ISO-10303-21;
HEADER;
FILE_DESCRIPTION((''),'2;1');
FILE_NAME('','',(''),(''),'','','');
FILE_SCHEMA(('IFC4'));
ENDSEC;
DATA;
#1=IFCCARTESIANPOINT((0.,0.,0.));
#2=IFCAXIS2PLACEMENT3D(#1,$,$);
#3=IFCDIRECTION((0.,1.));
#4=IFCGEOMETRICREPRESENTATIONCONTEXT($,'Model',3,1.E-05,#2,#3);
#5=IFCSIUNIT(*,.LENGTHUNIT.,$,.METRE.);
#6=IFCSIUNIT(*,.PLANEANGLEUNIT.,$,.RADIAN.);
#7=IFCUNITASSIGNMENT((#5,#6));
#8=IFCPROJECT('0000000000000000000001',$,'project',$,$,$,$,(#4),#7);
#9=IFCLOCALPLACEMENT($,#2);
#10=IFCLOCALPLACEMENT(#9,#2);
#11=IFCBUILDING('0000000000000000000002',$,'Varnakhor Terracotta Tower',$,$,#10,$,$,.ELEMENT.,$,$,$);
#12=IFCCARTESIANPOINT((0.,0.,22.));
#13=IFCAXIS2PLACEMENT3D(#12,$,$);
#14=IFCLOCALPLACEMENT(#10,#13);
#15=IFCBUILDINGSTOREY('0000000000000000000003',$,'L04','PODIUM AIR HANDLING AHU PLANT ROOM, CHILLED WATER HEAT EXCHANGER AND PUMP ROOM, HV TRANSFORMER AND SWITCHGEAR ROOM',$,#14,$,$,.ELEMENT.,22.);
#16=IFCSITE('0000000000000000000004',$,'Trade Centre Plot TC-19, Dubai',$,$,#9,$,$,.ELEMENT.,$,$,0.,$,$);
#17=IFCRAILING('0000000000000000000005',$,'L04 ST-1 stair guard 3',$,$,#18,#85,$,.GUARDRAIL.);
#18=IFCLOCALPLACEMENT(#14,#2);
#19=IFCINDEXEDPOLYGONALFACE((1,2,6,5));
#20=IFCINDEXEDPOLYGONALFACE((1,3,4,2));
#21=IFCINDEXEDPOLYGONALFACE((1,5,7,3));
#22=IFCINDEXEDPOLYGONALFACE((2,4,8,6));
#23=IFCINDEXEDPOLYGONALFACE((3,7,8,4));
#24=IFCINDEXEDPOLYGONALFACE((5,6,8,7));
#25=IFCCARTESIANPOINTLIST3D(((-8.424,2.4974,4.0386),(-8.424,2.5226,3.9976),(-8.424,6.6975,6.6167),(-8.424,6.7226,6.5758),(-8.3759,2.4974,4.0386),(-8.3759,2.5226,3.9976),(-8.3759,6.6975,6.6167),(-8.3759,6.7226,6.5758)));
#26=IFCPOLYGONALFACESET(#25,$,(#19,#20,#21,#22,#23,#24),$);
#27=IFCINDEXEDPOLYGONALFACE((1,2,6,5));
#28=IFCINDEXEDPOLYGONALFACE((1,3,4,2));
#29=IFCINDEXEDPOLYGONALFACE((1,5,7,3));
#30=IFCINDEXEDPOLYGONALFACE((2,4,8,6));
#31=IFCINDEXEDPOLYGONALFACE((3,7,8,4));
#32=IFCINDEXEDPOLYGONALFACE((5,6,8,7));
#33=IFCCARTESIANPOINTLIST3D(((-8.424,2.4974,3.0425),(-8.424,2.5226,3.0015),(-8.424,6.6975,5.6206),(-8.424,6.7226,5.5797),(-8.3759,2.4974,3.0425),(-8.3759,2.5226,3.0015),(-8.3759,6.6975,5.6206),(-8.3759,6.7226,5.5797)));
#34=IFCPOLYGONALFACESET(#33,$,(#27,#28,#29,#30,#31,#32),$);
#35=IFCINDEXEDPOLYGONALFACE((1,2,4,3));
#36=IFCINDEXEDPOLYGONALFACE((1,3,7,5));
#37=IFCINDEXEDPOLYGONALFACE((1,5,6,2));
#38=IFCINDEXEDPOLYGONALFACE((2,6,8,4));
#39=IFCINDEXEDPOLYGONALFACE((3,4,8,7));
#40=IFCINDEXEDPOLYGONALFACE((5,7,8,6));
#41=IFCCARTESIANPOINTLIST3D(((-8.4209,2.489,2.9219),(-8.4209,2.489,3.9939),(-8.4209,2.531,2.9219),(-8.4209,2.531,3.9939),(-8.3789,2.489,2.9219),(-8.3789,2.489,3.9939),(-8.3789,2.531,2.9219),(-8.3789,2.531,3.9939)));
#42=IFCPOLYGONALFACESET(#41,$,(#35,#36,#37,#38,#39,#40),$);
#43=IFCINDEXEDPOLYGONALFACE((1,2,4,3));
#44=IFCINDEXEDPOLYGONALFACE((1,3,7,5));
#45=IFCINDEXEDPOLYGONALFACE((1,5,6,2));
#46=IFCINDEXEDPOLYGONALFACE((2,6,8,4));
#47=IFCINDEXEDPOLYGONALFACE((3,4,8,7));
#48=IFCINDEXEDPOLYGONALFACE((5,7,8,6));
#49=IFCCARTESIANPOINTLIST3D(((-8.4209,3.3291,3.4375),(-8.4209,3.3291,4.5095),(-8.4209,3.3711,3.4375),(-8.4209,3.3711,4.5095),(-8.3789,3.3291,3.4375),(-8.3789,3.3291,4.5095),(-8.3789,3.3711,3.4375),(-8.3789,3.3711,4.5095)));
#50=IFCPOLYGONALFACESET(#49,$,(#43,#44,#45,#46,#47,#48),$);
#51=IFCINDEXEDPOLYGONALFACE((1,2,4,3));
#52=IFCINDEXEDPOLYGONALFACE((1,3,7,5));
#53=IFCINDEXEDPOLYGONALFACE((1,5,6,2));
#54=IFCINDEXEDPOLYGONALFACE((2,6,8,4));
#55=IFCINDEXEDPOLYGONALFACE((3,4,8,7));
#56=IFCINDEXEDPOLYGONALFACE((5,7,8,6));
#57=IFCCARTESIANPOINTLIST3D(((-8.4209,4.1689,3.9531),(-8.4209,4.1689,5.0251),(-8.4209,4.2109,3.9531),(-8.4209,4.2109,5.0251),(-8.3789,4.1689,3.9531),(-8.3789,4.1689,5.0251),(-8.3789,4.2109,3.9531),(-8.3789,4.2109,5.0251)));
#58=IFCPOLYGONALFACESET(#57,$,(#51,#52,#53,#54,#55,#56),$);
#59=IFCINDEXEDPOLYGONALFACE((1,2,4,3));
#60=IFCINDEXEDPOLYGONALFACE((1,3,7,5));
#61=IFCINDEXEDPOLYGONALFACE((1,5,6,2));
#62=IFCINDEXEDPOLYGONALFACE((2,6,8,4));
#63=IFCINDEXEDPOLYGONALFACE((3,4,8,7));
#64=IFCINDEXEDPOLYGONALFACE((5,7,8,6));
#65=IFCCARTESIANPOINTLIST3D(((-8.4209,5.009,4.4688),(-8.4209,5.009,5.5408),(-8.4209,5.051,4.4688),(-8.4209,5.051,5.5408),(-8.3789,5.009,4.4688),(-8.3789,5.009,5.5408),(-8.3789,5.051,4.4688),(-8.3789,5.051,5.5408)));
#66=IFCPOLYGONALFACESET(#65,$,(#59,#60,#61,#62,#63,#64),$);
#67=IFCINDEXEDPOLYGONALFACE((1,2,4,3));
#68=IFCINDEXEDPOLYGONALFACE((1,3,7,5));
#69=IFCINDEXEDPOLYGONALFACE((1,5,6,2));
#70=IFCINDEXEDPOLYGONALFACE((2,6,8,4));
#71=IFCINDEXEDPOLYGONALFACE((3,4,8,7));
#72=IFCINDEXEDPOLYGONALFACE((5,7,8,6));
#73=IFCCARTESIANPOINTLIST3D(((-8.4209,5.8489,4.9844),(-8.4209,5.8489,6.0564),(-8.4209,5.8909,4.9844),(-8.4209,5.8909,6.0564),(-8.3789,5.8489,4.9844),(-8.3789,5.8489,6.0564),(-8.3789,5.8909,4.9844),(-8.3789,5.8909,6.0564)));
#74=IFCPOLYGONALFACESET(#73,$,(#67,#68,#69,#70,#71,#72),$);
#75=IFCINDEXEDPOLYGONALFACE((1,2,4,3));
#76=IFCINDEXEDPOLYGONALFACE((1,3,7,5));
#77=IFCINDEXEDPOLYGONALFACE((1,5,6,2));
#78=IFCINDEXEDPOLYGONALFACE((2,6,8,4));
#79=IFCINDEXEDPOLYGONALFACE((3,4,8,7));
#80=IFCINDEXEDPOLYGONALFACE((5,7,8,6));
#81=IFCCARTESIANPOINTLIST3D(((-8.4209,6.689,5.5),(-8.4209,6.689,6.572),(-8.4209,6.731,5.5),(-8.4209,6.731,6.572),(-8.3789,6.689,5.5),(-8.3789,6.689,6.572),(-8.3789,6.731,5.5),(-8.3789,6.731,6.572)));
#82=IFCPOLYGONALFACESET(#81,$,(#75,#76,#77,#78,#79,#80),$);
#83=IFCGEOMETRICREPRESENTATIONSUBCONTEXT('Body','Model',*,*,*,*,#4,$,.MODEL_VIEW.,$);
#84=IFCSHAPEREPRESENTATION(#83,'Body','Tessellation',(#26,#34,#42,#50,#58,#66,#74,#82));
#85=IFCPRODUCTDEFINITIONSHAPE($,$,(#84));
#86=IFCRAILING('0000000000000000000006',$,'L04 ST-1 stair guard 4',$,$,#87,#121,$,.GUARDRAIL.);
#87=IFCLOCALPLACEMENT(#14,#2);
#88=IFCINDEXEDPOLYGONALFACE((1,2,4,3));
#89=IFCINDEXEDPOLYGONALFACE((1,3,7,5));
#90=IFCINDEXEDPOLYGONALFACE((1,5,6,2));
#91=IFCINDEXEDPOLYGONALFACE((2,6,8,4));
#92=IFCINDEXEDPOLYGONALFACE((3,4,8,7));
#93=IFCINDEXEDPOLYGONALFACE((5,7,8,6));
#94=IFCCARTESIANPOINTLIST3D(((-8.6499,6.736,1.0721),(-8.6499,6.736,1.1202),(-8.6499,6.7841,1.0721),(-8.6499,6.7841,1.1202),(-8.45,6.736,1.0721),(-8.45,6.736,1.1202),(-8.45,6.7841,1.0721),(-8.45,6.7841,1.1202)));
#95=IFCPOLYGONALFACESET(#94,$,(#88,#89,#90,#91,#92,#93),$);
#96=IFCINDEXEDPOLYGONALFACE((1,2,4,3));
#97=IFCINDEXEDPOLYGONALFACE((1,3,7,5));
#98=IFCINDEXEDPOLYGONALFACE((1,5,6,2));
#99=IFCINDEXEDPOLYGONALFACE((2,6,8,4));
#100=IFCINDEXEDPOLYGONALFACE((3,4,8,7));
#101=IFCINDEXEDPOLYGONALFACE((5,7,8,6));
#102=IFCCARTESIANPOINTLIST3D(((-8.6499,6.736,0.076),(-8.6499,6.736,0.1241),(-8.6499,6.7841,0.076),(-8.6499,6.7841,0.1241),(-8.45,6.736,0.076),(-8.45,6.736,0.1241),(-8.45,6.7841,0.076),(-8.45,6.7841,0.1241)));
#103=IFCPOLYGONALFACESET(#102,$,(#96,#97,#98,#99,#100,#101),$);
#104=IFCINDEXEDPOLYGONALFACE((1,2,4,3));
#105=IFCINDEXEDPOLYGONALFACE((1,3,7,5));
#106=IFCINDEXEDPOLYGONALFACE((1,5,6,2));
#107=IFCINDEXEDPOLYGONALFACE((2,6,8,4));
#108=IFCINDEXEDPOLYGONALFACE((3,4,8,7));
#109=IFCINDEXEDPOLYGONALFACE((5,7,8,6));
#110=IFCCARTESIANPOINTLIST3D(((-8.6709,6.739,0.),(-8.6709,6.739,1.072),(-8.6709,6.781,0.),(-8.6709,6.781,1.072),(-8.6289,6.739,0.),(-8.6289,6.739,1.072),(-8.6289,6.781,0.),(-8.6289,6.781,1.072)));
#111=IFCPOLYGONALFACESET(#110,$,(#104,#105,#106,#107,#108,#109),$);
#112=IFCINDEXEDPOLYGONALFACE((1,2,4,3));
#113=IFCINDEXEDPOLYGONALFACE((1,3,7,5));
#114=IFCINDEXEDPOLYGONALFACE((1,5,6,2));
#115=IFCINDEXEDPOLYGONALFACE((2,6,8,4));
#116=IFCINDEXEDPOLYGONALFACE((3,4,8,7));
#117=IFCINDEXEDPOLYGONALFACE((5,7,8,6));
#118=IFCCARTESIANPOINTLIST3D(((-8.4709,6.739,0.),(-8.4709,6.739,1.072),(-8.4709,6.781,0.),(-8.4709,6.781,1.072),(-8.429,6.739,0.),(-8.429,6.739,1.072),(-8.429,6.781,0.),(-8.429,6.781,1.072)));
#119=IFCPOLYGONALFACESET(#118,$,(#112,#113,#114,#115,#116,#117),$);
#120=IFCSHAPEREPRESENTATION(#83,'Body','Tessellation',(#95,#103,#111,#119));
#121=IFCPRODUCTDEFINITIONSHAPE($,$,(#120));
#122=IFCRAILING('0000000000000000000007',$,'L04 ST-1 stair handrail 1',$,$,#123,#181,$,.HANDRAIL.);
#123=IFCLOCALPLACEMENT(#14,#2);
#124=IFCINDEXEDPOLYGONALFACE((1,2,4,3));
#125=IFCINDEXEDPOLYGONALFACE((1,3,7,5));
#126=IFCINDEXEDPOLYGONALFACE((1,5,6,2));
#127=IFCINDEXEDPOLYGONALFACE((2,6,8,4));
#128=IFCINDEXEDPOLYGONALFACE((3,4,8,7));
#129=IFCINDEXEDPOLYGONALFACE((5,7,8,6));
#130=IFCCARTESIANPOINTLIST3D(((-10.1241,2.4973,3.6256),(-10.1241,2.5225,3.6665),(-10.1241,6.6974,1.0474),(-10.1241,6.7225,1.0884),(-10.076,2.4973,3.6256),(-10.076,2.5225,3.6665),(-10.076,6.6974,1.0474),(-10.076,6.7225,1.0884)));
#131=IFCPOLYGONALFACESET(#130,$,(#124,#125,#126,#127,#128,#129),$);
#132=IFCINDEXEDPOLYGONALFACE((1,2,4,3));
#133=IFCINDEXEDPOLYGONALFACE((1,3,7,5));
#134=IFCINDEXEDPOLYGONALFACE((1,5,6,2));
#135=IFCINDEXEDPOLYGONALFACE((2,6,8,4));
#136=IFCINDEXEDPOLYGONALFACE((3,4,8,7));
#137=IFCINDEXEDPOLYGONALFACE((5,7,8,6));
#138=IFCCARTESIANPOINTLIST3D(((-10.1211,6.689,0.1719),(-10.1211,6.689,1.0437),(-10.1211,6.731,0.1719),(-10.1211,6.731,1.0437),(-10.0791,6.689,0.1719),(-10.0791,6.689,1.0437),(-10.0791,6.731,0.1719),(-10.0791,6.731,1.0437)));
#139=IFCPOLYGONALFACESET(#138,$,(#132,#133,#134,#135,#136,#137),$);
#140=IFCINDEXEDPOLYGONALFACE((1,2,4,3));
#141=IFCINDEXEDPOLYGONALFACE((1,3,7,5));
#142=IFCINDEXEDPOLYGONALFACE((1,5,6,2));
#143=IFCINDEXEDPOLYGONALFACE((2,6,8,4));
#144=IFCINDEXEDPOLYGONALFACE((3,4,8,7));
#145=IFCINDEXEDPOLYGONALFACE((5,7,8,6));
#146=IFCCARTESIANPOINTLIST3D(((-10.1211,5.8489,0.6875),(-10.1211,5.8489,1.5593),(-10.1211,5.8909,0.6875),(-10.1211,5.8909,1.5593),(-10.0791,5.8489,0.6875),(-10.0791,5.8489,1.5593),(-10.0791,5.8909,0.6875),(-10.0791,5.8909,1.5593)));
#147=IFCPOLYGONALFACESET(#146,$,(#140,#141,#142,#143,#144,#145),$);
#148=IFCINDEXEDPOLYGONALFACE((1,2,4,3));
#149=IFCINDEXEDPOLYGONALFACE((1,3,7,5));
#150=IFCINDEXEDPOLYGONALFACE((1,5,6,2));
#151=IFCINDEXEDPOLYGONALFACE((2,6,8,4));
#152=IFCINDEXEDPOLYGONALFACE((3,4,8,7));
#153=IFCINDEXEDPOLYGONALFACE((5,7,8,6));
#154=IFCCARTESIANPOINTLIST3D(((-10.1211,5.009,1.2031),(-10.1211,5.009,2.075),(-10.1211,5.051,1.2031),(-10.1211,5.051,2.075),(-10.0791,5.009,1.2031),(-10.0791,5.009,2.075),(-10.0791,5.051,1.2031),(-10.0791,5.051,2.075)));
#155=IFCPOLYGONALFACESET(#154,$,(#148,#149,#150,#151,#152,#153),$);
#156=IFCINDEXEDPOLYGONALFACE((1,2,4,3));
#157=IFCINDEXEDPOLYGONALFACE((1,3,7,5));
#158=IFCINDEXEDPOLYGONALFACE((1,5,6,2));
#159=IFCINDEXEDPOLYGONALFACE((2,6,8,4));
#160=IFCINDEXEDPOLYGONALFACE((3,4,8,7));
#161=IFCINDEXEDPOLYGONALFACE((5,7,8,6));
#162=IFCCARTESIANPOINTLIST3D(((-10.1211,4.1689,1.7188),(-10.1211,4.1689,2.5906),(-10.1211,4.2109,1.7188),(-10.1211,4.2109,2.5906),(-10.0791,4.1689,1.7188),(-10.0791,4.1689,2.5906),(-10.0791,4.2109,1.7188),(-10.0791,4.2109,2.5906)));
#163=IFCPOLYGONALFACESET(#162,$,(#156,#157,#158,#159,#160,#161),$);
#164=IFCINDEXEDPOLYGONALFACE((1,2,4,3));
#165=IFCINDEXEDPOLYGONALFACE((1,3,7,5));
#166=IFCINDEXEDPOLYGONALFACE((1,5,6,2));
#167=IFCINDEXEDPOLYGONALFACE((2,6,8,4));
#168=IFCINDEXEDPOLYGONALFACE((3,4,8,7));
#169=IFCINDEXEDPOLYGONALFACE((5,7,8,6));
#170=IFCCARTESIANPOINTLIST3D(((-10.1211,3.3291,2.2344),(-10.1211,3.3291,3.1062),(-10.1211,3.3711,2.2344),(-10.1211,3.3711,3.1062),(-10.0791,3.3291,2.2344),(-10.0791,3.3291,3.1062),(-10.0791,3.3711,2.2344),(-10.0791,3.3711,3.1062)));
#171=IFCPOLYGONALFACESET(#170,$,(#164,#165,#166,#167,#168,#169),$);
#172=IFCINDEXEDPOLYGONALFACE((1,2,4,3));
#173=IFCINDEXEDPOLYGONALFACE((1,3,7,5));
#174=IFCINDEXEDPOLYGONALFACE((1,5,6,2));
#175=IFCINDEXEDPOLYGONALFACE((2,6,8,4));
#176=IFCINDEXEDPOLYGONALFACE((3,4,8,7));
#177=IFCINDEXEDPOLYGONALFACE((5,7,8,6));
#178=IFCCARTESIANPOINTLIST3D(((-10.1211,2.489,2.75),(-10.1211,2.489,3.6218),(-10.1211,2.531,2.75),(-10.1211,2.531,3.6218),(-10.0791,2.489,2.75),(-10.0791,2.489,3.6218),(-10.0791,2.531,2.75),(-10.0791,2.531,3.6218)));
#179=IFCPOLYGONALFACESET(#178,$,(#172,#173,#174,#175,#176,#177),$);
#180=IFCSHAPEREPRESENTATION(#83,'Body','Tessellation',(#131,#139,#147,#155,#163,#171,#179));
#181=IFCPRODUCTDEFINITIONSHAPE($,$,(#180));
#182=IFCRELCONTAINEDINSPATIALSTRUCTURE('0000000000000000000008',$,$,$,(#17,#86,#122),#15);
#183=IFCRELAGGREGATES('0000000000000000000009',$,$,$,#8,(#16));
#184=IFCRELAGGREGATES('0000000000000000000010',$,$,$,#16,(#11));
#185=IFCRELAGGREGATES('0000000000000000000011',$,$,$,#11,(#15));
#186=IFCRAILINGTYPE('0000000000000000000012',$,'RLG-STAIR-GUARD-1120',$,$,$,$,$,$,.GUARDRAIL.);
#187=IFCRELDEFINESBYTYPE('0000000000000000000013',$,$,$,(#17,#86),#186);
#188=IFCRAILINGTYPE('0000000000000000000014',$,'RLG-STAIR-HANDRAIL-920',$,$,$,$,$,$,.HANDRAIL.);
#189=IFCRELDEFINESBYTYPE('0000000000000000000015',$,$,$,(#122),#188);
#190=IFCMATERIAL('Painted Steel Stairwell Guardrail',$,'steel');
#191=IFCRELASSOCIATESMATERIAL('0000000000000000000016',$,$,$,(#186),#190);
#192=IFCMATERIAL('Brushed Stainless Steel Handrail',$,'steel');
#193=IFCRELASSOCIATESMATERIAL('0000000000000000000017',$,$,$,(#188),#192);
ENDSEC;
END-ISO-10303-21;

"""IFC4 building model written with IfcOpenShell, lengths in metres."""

from ifc_helpers import new_model, si_unit, direction, frame, origin, origin_2d, place, context, subcontext, project, spatial, rectangle, extrude, material, type_object, element, save


model = new_model("IFC4")

# Units and contexts
model_context = context("Model", 3, precision=1e-05, world=origin(), true_north=direction((0.0, 1.0)))
body_context = subcontext(model_context, "Body", "Model", "MODEL_VIEW")
ifc_project = project(units=[si_unit("LENGTHUNIT", "METRE"), si_unit("PLANEANGLEUNIT", "RADIAN")], contexts=[model_context])

# Site, building, storey
site_placement = place(None, origin())
site = spatial("IfcSite", under=ifc_project, at=site_placement, Name="Trade Centre Plot TC-19, Dubai", CompositionType="ELEMENT", RefElevation=0.0)
building_placement = place(site_placement, origin())
building = spatial("IfcBuilding", under=site, at=building_placement, Name="Varnakhor Terracotta Tower", CompositionType="ELEMENT")
storey_placement = place(building_placement, frame((0.0, 0.0, 22.0)))
storey = spatial("IfcBuildingStorey", under=building, at=storey_placement, Name="L04", Description="PODIUM AIR HANDLING AHU PLANT ROOM, CHILLED WATER HEAT EXCHANGER AND PUMP ROOM, HV TRANSFORMER AND SWITCHGEAR ROOM", CompositionType="ELEMENT", Elevation=22.0)

# Railings
ifc_material_1 = material(Name="Painted Steel Stairwell Guardrail", Category="steel")
railing_type_1 = type_object("IfcRailingType", Name="RLG-STAIR-GUARD-1120", PredefinedType="GUARDRAIL", material=ifc_material_1)
railing_1_placement = place(storey_placement, frame((-8.3999, 2.51, 2.9219)))
element("IfcRailing", 1, at=railing_1_placement, inside=storey, type_object=railing_type_1, Name="L04 ST-1 stair guard 3", PredefinedType="GUARDRAIL", context=body_context, shape_type="SweptSolid", body=[
    extrude(rectangle(XDim=0.0481, YDim=0.0481, at=origin_2d()), frame((0.0, 0.0, 1.0962), z_axis=(0.0, 0.852243, 0.523146), x_axis=(-1.0, 0.0, 0.0)), (0.0, 0.0, 1.0), 4.9282),
    extrude(rectangle(XDim=0.0481, YDim=0.0481, at=origin_2d()), frame((0.0, 0.0, 0.1001), z_axis=(0.0, 0.852243, 0.523146), x_axis=(-1.0, 0.0, 0.0)), (0.0, 0.0, 1.0), 4.9282),
    extrude(rectangle(XDim=0.042, YDim=0.042, at=origin_2d()), origin(), (0.0, 0.0, 1.0), 1.072),
    extrude(rectangle(XDim=0.042, YDim=0.042, at=origin_2d()), frame((0.0, 0.8401, 0.5156)), (0.0, 0.0, 1.0), 1.072),
    extrude(rectangle(XDim=0.042, YDim=0.042, at=origin_2d()), frame((0.0, 1.6799, 1.0312)), (0.0, 0.0, 1.0), 1.072),
    extrude(rectangle(XDim=0.042, YDim=0.042, at=origin_2d()), frame((0.0, 2.52, 1.5469)), (0.0, 0.0, 1.0), 1.072),
    extrude(rectangle(XDim=0.042, YDim=0.042, at=origin_2d()), frame((0.0, 3.3599, 2.0625)), (0.0, 0.0, 1.0), 1.072),
    extrude(rectangle(XDim=0.042, YDim=0.042, at=origin_2d()), frame((0.0, 4.2, 2.5781)), (0.0, 0.0, 1.0), 1.072),
])
railing_2_placement = place(storey_placement, frame((-8.6499, 6.76, 0.0)))
element("IfcRailing", 2, at=railing_2_placement, inside=storey, type_object=railing_type_1, Name="L04 ST-1 stair guard 4", PredefinedType="GUARDRAIL", context=body_context, shape_type="SweptSolid", body=[
    extrude(rectangle(XDim=0.0481, YDim=0.0481, at=origin_2d()), frame((0.0, 0.0, 1.0962), z_axis=(1.0, 0.0, 0.0), x_axis=(0.0, 1.0, 0.0)), (0.0, 0.0, 1.0), 0.2),
    extrude(rectangle(XDim=0.0481, YDim=0.0481, at=origin_2d()), frame((0.0, 0.0, 0.1001), z_axis=(1.0, 0.0, 0.0), x_axis=(0.0, 1.0, 0.0)), (0.0, 0.0, 1.0), 0.2),
    extrude(rectangle(XDim=0.042, YDim=0.042, at=origin_2d()), origin(), (0.0, 0.0, 1.0), 1.072),
    extrude(rectangle(XDim=0.042, YDim=0.042, at=origin_2d()), frame((0.2, 0.0, 0.0)), (0.0, 0.0, 1.0), 1.072),
])
ifc_material_2 = material(Name="Brushed Stainless Steel Handrail", Category="steel")
railing_type_2 = type_object("IfcRailingType", Name="RLG-STAIR-HANDRAIL-920", PredefinedType="HANDRAIL", material=ifc_material_2)
railing_3_placement = place(storey_placement, frame((-10.1001, 6.71, 0.1719)))
element("IfcRailing", 3, at=railing_3_placement, inside=storey, type_object=railing_type_2, Name="L04 ST-1 stair handrail 1", PredefinedType="HANDRAIL", context=body_context, shape_type="SweptSolid", body=[
    extrude(rectangle(XDim=0.0481, YDim=0.0481, at=origin_2d()), frame((0.0, 0.0, 0.896), z_axis=(0.0, -0.852243, 0.523146), x_axis=(1.0, 0.0, 0.0)), (0.0, 0.0, 1.0), 4.9282),
    extrude(rectangle(XDim=0.042, YDim=0.042, at=origin_2d()), origin(), (0.0, 0.0, 1.0), 0.8718),
    extrude(rectangle(XDim=0.042, YDim=0.042, at=origin_2d()), frame((0.0, -0.8401, 0.5156)), (0.0, 0.0, 1.0), 0.8718),
    extrude(rectangle(XDim=0.042, YDim=0.042, at=origin_2d()), frame((0.0, -1.6799, 1.0312)), (0.0, 0.0, 1.0), 0.8718),
    extrude(rectangle(XDim=0.042, YDim=0.042, at=origin_2d()), frame((0.0, -2.52, 1.5469)), (0.0, 0.0, 1.0), 0.8718),
    extrude(rectangle(XDim=0.042, YDim=0.042, at=origin_2d()), frame((0.0, -3.3599, 2.0625)), (0.0, 0.0, 1.0), 0.8718),
    extrude(rectangle(XDim=0.042, YDim=0.042, at=origin_2d()), frame((0.0, -4.2, 2.5781)), (0.0, 0.0, 1.0), 0.8718),
])

save(model, "model.ifc")
